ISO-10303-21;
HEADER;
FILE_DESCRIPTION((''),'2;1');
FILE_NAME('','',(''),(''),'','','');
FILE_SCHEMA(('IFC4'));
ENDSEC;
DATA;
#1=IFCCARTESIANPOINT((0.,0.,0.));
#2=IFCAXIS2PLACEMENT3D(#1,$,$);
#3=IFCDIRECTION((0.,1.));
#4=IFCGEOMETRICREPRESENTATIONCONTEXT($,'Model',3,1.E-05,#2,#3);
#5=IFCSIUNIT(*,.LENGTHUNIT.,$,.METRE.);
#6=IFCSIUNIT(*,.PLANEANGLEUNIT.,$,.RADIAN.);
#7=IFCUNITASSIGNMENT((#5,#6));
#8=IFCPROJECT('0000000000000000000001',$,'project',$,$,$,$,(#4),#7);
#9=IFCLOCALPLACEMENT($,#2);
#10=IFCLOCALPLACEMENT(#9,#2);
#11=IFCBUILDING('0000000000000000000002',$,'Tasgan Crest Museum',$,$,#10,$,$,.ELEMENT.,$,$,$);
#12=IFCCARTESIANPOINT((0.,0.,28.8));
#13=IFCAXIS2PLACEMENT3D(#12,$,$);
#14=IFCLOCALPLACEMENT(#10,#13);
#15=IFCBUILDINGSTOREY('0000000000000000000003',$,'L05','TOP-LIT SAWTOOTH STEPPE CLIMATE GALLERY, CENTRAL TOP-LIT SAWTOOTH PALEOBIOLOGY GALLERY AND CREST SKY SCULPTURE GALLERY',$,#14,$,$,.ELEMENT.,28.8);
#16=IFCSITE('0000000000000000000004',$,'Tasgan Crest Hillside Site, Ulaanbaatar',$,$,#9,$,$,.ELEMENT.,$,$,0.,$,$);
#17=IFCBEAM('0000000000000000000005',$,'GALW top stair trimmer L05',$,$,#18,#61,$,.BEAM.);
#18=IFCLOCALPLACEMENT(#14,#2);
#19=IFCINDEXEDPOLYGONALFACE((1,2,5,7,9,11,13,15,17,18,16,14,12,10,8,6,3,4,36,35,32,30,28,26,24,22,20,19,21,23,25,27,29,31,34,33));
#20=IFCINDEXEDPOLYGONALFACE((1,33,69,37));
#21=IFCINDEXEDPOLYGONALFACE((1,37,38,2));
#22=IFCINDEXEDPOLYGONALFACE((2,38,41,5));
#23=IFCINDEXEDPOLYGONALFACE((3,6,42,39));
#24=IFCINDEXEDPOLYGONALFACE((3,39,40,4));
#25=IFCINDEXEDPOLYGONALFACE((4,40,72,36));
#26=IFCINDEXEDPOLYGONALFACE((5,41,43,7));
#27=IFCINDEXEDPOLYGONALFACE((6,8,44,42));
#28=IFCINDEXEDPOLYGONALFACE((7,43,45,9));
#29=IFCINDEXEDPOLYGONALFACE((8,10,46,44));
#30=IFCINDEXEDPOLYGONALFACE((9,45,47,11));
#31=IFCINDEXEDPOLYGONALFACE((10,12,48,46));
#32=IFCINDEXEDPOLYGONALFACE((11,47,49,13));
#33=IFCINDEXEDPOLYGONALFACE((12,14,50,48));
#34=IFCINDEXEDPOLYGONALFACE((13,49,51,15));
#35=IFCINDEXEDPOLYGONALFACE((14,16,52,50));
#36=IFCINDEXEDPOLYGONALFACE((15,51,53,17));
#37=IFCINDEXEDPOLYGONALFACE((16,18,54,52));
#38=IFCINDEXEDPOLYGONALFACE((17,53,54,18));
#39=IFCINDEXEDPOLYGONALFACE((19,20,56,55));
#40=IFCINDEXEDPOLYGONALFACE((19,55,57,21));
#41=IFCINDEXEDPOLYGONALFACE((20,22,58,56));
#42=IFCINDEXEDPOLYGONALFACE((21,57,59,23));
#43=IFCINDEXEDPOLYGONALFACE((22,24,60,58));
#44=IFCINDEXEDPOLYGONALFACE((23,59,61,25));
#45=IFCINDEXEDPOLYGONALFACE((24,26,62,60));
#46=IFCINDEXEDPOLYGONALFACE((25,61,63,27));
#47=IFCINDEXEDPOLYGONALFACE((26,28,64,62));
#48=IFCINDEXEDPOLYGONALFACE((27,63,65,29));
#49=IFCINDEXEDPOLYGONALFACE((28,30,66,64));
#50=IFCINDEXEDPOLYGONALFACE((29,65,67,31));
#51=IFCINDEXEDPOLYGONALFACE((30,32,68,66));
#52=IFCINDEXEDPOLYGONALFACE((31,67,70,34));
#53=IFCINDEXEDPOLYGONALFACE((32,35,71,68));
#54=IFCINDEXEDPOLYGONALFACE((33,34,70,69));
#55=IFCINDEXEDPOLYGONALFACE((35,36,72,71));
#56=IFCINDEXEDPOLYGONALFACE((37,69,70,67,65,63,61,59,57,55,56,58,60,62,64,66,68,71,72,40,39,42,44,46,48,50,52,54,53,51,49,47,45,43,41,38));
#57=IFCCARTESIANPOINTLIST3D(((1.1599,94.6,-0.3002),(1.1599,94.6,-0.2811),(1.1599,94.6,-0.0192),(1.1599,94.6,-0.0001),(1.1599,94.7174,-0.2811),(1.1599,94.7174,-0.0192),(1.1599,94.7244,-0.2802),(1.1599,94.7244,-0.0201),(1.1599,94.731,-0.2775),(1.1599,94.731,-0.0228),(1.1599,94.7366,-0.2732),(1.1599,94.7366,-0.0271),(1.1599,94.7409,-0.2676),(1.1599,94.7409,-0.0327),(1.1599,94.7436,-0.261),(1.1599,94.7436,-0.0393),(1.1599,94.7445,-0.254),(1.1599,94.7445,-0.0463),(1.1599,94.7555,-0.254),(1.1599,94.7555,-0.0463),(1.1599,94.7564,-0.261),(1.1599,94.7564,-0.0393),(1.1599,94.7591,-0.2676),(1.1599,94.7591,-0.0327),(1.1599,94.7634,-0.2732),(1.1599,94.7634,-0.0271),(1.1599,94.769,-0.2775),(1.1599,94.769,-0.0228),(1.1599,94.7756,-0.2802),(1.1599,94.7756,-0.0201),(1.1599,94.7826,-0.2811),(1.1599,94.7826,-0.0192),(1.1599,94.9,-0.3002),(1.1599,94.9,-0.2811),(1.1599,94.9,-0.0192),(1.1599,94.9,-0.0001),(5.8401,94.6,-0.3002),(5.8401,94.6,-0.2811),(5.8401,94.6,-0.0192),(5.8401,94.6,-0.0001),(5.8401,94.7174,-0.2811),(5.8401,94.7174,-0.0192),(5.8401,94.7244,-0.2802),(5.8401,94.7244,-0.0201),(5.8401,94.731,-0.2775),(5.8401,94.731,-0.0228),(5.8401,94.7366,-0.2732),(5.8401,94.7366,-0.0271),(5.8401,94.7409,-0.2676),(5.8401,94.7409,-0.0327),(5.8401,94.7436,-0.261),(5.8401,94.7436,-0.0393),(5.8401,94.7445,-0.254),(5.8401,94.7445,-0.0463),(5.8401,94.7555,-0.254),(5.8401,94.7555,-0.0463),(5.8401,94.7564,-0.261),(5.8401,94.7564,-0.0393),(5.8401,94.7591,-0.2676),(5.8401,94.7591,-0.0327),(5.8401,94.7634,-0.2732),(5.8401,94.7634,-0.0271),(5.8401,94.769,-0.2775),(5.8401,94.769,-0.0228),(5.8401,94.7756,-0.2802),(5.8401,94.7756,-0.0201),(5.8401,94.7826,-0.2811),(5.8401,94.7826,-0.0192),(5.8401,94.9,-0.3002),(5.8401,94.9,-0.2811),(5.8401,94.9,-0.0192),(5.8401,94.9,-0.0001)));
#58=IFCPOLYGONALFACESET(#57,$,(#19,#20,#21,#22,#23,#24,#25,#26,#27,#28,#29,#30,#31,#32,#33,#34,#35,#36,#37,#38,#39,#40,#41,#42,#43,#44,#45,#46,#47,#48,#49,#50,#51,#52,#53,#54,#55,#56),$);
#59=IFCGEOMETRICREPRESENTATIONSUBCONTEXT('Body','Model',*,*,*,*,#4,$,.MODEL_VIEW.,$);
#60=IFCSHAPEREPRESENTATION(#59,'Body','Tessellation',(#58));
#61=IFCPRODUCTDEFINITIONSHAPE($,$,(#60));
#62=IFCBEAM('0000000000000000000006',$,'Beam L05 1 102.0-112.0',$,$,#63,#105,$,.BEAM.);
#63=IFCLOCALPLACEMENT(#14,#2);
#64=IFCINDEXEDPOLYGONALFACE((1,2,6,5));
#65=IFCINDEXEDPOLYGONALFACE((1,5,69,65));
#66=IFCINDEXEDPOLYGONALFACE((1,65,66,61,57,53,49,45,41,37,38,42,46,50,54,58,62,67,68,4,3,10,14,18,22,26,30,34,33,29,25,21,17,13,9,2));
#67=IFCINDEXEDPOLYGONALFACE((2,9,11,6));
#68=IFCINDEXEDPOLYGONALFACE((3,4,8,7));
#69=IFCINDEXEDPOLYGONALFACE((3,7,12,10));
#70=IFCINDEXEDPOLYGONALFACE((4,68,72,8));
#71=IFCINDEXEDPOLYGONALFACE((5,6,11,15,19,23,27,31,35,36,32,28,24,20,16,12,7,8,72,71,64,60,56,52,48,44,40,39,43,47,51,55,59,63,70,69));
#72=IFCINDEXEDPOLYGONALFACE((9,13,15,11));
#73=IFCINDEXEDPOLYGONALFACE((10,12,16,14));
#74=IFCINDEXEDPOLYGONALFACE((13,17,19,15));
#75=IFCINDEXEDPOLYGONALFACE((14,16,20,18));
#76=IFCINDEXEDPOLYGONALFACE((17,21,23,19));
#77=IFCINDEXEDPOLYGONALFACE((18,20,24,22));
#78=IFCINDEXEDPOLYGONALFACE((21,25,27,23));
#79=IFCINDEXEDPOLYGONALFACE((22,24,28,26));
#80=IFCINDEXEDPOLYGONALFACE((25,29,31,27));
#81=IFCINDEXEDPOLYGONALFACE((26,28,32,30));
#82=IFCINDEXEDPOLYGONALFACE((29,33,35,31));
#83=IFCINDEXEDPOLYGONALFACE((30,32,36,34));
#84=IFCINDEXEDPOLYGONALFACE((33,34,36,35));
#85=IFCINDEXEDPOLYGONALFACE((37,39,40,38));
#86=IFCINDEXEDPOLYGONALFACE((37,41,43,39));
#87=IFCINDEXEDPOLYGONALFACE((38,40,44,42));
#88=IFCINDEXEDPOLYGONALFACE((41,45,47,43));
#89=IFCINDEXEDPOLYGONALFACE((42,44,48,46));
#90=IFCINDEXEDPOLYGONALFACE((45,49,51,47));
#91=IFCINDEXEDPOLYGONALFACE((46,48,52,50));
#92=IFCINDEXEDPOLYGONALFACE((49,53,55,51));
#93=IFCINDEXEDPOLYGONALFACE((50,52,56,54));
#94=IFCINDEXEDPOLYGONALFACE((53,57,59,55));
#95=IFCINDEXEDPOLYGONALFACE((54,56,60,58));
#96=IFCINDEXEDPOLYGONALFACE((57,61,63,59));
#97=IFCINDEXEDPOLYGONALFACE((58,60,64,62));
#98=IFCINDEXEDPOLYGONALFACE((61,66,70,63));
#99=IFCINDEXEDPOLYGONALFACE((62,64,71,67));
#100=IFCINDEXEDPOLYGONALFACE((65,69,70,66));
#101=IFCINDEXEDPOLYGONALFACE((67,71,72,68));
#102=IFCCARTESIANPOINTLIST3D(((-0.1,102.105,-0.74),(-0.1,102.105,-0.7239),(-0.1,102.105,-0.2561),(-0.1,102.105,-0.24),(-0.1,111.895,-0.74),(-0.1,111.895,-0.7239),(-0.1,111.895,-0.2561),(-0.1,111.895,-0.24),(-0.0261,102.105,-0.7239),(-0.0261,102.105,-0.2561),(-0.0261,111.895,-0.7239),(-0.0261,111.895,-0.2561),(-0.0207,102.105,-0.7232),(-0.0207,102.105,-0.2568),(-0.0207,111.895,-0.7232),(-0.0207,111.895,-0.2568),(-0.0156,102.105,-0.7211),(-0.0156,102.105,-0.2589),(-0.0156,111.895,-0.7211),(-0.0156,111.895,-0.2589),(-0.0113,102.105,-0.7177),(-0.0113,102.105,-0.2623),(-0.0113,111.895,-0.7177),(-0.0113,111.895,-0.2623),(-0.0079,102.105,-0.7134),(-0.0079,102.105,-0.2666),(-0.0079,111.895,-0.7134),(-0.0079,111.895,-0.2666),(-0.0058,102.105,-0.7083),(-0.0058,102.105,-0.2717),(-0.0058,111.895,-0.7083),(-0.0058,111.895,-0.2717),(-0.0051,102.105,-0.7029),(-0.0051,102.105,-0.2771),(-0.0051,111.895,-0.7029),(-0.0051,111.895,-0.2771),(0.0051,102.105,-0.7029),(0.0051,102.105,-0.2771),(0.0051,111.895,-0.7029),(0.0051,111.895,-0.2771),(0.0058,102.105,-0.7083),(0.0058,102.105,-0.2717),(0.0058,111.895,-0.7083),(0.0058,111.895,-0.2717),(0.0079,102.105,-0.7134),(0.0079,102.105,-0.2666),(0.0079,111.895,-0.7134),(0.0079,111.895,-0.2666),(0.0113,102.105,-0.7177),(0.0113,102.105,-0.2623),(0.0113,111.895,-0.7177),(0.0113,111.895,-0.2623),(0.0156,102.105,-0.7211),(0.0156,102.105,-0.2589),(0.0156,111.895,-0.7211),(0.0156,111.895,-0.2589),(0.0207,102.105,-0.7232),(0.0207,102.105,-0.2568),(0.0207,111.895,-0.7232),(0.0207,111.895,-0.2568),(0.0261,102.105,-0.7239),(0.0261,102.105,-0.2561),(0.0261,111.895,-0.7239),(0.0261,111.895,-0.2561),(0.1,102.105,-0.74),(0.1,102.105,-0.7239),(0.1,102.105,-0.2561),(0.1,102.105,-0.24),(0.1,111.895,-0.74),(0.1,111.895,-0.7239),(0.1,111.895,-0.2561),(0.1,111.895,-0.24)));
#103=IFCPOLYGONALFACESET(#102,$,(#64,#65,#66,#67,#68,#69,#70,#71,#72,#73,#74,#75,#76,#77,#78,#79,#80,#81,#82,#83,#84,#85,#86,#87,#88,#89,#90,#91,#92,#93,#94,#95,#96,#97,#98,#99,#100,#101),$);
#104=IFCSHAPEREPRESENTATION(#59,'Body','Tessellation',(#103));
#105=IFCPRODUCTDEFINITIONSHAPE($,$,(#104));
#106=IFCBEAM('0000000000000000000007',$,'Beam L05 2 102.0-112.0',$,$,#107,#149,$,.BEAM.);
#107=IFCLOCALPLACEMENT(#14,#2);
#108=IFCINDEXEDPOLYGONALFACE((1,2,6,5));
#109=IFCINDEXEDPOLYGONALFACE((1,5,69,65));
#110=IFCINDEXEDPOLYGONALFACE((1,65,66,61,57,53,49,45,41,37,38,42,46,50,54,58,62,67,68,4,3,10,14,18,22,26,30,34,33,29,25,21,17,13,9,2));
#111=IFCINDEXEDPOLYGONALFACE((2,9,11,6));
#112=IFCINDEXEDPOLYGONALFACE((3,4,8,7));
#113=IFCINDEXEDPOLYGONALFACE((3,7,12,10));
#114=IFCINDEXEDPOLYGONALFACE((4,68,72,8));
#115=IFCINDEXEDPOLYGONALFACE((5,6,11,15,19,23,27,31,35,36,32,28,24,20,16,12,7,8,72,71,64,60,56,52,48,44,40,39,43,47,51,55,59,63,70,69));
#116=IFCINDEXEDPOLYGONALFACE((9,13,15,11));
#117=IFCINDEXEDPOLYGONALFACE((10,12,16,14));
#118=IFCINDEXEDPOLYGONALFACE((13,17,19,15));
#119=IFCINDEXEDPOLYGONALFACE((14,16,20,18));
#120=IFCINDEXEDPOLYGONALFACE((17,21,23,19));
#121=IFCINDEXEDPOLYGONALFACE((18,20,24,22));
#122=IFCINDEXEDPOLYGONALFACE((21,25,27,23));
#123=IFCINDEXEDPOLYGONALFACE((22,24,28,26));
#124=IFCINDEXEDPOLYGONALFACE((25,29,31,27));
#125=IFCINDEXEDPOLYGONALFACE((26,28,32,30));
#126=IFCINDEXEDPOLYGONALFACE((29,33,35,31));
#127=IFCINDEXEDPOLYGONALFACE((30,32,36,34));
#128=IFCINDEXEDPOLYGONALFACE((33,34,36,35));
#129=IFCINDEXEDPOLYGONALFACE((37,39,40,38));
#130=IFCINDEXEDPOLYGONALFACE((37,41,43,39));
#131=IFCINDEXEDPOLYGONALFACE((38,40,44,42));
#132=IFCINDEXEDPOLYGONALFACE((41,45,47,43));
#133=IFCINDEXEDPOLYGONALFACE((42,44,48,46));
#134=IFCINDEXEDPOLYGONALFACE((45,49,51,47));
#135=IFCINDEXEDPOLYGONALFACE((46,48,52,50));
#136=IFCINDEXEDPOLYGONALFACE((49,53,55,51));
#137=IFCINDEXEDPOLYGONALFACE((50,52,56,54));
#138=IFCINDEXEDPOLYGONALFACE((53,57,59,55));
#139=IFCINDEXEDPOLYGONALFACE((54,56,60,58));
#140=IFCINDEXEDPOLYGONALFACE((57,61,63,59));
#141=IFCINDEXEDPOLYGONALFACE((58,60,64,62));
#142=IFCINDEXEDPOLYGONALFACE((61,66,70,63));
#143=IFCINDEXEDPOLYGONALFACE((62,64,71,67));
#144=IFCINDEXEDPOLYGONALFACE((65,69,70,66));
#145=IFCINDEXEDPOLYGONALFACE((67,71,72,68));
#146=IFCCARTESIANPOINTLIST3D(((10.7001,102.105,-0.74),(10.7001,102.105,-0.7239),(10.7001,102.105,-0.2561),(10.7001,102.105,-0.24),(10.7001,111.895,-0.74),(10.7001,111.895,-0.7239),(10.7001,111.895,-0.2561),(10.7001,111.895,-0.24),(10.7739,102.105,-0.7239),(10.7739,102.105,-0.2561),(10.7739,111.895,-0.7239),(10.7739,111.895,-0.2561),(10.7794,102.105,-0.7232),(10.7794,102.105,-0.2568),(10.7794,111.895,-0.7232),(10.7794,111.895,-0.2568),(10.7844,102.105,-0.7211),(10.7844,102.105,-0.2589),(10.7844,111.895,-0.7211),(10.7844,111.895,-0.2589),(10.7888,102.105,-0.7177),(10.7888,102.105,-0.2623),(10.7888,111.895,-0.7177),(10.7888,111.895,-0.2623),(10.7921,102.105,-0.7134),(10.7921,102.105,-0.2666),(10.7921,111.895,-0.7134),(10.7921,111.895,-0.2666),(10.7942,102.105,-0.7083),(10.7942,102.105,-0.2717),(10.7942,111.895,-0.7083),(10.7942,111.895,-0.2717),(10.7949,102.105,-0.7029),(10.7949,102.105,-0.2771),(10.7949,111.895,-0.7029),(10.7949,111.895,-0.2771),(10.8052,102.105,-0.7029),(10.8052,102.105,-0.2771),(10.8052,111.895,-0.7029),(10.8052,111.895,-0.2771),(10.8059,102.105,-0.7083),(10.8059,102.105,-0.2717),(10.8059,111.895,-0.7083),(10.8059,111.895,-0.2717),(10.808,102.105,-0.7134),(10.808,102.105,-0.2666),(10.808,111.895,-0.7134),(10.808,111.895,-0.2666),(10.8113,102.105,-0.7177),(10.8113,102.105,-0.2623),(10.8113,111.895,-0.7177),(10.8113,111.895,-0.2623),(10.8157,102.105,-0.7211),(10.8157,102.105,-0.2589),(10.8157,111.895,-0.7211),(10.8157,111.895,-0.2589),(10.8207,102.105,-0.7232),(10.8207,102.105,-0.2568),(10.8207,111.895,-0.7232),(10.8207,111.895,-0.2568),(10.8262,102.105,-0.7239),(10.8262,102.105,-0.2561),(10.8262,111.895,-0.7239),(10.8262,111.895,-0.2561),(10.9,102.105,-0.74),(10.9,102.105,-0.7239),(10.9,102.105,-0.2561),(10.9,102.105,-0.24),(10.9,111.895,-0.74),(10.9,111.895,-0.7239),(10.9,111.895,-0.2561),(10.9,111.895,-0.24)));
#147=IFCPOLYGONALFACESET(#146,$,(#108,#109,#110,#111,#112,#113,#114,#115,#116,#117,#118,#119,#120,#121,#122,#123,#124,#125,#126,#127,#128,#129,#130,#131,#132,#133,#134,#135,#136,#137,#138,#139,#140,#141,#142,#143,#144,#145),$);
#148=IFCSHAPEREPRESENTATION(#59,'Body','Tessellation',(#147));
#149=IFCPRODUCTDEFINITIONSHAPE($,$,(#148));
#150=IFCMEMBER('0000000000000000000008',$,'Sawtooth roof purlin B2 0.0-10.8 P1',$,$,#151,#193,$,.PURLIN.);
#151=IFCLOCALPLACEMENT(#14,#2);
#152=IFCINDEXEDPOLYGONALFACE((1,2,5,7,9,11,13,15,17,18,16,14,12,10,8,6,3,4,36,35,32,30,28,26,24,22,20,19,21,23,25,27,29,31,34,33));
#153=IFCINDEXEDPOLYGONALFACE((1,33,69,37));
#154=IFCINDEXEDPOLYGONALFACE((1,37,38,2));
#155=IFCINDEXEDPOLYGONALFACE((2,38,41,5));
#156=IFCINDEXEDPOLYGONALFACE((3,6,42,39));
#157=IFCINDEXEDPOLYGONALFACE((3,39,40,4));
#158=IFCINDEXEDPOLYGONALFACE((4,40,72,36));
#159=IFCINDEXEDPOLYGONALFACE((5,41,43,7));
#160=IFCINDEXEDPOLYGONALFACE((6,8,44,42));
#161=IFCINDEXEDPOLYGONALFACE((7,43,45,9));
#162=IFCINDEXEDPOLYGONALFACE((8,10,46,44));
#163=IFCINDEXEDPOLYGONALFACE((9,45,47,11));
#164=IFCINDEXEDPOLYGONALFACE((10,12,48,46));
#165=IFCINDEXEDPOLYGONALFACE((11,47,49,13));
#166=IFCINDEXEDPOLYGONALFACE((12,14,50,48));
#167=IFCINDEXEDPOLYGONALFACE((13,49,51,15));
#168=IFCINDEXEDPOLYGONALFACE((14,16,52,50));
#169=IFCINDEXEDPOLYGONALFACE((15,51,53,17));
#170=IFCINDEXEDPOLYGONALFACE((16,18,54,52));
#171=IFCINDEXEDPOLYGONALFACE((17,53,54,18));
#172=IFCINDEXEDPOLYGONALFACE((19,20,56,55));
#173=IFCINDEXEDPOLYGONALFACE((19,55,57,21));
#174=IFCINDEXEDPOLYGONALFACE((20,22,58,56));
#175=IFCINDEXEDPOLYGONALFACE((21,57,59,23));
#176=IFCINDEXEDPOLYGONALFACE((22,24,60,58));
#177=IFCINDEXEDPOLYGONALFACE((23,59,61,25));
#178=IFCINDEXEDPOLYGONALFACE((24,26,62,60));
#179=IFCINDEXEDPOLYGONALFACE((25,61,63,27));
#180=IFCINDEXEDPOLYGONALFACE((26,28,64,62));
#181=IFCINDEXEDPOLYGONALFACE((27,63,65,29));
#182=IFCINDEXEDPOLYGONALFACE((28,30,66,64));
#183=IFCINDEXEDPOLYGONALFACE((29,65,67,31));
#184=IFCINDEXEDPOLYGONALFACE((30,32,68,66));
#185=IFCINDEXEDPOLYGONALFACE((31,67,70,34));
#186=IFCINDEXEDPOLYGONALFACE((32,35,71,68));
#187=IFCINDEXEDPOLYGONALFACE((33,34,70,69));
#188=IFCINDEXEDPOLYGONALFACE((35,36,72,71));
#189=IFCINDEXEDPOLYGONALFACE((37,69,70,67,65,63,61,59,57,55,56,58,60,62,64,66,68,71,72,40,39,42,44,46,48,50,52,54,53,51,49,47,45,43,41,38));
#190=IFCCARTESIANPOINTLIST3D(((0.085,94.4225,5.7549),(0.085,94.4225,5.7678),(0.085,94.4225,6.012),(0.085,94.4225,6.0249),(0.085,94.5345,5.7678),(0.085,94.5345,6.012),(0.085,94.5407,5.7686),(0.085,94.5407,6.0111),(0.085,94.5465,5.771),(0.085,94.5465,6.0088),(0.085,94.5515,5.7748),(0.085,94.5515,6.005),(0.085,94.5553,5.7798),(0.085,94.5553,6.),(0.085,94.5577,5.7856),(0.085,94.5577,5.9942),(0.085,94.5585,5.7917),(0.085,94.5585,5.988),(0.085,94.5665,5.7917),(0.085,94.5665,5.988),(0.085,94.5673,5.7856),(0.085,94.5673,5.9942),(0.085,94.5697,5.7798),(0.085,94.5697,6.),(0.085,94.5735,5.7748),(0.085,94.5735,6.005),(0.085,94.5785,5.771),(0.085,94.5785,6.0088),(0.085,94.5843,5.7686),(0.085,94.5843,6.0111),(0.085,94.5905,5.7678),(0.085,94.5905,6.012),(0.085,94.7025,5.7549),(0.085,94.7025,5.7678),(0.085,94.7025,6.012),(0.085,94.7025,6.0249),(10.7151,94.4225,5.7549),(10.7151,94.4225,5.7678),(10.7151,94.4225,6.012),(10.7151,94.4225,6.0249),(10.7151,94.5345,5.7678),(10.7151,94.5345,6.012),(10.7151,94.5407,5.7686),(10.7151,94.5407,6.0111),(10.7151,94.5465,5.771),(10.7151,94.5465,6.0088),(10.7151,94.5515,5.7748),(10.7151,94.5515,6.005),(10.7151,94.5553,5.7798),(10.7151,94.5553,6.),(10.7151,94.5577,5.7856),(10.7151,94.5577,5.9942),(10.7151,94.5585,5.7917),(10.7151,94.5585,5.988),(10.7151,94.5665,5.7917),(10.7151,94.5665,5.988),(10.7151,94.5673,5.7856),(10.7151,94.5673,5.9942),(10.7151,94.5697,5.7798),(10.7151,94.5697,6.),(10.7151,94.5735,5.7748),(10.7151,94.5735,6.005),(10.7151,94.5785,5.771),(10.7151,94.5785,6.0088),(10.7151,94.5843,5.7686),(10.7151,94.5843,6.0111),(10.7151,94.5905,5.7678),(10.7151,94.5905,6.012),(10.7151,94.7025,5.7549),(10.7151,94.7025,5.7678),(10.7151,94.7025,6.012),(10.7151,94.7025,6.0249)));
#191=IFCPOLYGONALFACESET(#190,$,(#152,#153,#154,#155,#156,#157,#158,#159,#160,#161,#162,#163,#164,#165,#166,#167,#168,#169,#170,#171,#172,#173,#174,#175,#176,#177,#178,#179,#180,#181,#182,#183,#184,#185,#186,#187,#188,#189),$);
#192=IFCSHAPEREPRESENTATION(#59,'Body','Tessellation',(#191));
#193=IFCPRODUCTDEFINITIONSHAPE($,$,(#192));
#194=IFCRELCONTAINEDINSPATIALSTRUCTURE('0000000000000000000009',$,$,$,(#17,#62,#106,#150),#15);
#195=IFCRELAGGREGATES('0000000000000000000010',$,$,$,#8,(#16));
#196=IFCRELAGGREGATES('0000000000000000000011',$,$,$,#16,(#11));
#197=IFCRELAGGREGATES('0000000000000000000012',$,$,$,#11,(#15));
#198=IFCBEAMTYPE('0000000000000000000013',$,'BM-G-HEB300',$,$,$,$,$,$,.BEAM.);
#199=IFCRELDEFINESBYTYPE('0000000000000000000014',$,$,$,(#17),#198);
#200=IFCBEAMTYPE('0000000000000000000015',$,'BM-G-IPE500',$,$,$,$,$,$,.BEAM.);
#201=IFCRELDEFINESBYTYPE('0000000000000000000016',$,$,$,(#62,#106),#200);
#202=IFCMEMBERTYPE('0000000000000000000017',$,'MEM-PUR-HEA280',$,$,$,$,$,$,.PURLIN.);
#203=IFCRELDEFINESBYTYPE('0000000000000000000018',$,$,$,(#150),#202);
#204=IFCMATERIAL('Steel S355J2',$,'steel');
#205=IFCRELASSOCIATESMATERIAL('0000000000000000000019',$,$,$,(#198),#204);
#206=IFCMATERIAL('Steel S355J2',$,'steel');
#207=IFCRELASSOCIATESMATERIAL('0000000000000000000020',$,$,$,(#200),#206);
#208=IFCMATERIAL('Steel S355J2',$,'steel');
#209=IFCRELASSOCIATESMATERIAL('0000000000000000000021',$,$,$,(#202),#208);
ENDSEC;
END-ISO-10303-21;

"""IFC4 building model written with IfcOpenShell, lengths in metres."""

from ifc_helpers import new_model, si_unit, direction, frame, origin, origin_2d, place, context, subcontext, project, spatial, i_section, extrude, material, material_profile, profile_set, type_object, element, save


model = new_model("IFC4")

# Units and contexts
model_context = context("Model", 3, precision=1e-05, world=origin(), true_north=direction((0.0, 1.0)))
body_context = subcontext(model_context, "Body", "Model", "MODEL_VIEW")
ifc_project = project(units=[si_unit("LENGTHUNIT", "METRE"), si_unit("PLANEANGLEUNIT", "RADIAN")], contexts=[model_context])

# Site, building, storey
site_placement = place(None, origin())
site = spatial("IfcSite", under=ifc_project, at=site_placement, Name="Tasgan Crest Hillside Site, Ulaanbaatar", CompositionType="ELEMENT", RefElevation=0.0)
building_placement = place(site_placement, origin())
building = spatial("IfcBuilding", under=site, at=building_placement, Name="Tasgan Crest Museum", CompositionType="ELEMENT")
storey_placement = place(building_placement, frame((0.0, 0.0, 28.8)))
storey = spatial("IfcBuildingStorey", under=building, at=storey_placement, Name="L05", Description="TOP-LIT SAWTOOTH STEPPE CLIMATE GALLERY, CENTRAL TOP-LIT SAWTOOTH PALEOBIOLOGY GALLERY AND CREST SKY SCULPTURE GALLERY", CompositionType="ELEMENT", Elevation=28.8)

# Beams
ifc_material_1 = material(Name="Steel S355J2", Category="steel")
ifc_material_profile_1 = material_profile(ifc_material_1, i_section(OverallWidth=0.3, OverallDepth=0.3, WebThickness=0.011, FlangeThickness=0.019, FilletRadius=0.0271, at=origin_2d()), Name="HEB 300")
ifc_profile_set_1 = profile_set([ifc_material_profile_1], Name="Steel S355J2")
beam_type_1 = type_object("IfcBeamType", Name="BM-G-HEB300", PredefinedType="BEAM", material=ifc_profile_set_1)
beam_1_placement = place(storey_placement, frame((1.1599, 94.75, -0.1501), z_axis=(1.0, 0.0, 0.0), x_axis=(0.0, 1.0, 0.0)))
element("IfcBeam", 1, at=beam_1_placement, inside=storey, type_object=beam_type_1, Name="GALW top stair trimmer L05", PredefinedType="BEAM", context=body_context, shape_type="SweptSolid", body=[
    extrude(i_section(OverallWidth=0.3, OverallDepth=0.3, WebThickness=0.011, FlangeThickness=0.019, FilletRadius=0.0271, at=origin_2d()), origin(), (0.0, 0.0, 1.0), 4.6802),
])
ifc_material_2 = material(Name="Steel S355J2", Category="steel")
ifc_material_profile_2 = material_profile(ifc_material_2, i_section(OverallWidth=0.2, OverallDepth=0.5, WebThickness=0.0103, FlangeThickness=0.0161, FilletRadius=0.021, at=origin_2d()), Name="IPE 500")
ifc_profile_set_2 = profile_set([ifc_material_profile_2], Name="Steel S355J2")
beam_type_2 = type_object("IfcBeamType", Name="BM-G-IPE500", PredefinedType="BEAM", material=ifc_profile_set_2)
for number, where, z_axis, x_axis, name in (
    (2, (0.0, 102.105, -0.49), (0.0, 1.0, 0.0), (-1.0, 0.0, 0.0), "Beam L05 1 102.0-112.0"),
    (3, (10.8, 102.105, -0.49), (0.0, 1.0, 0.0), (-1.0, 0.0, 0.0), "Beam L05 2 102.0-112.0"),
):
    element("IfcBeam", number, at=place(storey_placement, frame(where, z_axis=z_axis, x_axis=x_axis)), inside=storey, type_object=beam_type_2, Name=name, PredefinedType="BEAM", context=body_context, shape_type="SweptSolid", body=[
        extrude(i_section(OverallWidth=0.2, OverallDepth=0.5, WebThickness=0.0103, FlangeThickness=0.0161, FilletRadius=0.021, at=origin_2d()), origin(), (0.0, 0.0, 1.0), 9.79),
    ])

# Member
ifc_material_3 = material(Name="Steel S355J2", Category="steel")
ifc_material_profile_3 = material_profile(ifc_material_3, i_section(OverallWidth=0.28, OverallDepth=0.27, WebThickness=0.0081, FlangeThickness=0.0129, FilletRadius=0.0239, at=origin_2d()), Name="HEA 280")
ifc_profile_set_3 = profile_set([ifc_material_profile_3], Name="Steel S355J2")
member_type_1 = type_object("IfcMemberType", Name="MEM-PUR-HEA280", PredefinedType="PURLIN", material=ifc_profile_set_3)
member_1_placement = place(storey_placement, frame((0.085, 94.5625, 5.8899), z_axis=(1.0, 0.0, 0.0), x_axis=(0.0, 1.0, 0.0)))
element("IfcMember", 4, at=member_1_placement, inside=storey, type_object=member_type_1, Name="Sawtooth roof purlin B2 0.0-10.8 P1", PredefinedType="PURLIN", context=body_context, shape_type="SweptSolid", body=[
    extrude(i_section(OverallWidth=0.28, OverallDepth=0.27, WebThickness=0.0081, FlangeThickness=0.0129, FilletRadius=0.0239, at=origin_2d()), origin(), (0.0, 0.0, 1.0), 10.6301),
])

save(model, "model.ifc")
